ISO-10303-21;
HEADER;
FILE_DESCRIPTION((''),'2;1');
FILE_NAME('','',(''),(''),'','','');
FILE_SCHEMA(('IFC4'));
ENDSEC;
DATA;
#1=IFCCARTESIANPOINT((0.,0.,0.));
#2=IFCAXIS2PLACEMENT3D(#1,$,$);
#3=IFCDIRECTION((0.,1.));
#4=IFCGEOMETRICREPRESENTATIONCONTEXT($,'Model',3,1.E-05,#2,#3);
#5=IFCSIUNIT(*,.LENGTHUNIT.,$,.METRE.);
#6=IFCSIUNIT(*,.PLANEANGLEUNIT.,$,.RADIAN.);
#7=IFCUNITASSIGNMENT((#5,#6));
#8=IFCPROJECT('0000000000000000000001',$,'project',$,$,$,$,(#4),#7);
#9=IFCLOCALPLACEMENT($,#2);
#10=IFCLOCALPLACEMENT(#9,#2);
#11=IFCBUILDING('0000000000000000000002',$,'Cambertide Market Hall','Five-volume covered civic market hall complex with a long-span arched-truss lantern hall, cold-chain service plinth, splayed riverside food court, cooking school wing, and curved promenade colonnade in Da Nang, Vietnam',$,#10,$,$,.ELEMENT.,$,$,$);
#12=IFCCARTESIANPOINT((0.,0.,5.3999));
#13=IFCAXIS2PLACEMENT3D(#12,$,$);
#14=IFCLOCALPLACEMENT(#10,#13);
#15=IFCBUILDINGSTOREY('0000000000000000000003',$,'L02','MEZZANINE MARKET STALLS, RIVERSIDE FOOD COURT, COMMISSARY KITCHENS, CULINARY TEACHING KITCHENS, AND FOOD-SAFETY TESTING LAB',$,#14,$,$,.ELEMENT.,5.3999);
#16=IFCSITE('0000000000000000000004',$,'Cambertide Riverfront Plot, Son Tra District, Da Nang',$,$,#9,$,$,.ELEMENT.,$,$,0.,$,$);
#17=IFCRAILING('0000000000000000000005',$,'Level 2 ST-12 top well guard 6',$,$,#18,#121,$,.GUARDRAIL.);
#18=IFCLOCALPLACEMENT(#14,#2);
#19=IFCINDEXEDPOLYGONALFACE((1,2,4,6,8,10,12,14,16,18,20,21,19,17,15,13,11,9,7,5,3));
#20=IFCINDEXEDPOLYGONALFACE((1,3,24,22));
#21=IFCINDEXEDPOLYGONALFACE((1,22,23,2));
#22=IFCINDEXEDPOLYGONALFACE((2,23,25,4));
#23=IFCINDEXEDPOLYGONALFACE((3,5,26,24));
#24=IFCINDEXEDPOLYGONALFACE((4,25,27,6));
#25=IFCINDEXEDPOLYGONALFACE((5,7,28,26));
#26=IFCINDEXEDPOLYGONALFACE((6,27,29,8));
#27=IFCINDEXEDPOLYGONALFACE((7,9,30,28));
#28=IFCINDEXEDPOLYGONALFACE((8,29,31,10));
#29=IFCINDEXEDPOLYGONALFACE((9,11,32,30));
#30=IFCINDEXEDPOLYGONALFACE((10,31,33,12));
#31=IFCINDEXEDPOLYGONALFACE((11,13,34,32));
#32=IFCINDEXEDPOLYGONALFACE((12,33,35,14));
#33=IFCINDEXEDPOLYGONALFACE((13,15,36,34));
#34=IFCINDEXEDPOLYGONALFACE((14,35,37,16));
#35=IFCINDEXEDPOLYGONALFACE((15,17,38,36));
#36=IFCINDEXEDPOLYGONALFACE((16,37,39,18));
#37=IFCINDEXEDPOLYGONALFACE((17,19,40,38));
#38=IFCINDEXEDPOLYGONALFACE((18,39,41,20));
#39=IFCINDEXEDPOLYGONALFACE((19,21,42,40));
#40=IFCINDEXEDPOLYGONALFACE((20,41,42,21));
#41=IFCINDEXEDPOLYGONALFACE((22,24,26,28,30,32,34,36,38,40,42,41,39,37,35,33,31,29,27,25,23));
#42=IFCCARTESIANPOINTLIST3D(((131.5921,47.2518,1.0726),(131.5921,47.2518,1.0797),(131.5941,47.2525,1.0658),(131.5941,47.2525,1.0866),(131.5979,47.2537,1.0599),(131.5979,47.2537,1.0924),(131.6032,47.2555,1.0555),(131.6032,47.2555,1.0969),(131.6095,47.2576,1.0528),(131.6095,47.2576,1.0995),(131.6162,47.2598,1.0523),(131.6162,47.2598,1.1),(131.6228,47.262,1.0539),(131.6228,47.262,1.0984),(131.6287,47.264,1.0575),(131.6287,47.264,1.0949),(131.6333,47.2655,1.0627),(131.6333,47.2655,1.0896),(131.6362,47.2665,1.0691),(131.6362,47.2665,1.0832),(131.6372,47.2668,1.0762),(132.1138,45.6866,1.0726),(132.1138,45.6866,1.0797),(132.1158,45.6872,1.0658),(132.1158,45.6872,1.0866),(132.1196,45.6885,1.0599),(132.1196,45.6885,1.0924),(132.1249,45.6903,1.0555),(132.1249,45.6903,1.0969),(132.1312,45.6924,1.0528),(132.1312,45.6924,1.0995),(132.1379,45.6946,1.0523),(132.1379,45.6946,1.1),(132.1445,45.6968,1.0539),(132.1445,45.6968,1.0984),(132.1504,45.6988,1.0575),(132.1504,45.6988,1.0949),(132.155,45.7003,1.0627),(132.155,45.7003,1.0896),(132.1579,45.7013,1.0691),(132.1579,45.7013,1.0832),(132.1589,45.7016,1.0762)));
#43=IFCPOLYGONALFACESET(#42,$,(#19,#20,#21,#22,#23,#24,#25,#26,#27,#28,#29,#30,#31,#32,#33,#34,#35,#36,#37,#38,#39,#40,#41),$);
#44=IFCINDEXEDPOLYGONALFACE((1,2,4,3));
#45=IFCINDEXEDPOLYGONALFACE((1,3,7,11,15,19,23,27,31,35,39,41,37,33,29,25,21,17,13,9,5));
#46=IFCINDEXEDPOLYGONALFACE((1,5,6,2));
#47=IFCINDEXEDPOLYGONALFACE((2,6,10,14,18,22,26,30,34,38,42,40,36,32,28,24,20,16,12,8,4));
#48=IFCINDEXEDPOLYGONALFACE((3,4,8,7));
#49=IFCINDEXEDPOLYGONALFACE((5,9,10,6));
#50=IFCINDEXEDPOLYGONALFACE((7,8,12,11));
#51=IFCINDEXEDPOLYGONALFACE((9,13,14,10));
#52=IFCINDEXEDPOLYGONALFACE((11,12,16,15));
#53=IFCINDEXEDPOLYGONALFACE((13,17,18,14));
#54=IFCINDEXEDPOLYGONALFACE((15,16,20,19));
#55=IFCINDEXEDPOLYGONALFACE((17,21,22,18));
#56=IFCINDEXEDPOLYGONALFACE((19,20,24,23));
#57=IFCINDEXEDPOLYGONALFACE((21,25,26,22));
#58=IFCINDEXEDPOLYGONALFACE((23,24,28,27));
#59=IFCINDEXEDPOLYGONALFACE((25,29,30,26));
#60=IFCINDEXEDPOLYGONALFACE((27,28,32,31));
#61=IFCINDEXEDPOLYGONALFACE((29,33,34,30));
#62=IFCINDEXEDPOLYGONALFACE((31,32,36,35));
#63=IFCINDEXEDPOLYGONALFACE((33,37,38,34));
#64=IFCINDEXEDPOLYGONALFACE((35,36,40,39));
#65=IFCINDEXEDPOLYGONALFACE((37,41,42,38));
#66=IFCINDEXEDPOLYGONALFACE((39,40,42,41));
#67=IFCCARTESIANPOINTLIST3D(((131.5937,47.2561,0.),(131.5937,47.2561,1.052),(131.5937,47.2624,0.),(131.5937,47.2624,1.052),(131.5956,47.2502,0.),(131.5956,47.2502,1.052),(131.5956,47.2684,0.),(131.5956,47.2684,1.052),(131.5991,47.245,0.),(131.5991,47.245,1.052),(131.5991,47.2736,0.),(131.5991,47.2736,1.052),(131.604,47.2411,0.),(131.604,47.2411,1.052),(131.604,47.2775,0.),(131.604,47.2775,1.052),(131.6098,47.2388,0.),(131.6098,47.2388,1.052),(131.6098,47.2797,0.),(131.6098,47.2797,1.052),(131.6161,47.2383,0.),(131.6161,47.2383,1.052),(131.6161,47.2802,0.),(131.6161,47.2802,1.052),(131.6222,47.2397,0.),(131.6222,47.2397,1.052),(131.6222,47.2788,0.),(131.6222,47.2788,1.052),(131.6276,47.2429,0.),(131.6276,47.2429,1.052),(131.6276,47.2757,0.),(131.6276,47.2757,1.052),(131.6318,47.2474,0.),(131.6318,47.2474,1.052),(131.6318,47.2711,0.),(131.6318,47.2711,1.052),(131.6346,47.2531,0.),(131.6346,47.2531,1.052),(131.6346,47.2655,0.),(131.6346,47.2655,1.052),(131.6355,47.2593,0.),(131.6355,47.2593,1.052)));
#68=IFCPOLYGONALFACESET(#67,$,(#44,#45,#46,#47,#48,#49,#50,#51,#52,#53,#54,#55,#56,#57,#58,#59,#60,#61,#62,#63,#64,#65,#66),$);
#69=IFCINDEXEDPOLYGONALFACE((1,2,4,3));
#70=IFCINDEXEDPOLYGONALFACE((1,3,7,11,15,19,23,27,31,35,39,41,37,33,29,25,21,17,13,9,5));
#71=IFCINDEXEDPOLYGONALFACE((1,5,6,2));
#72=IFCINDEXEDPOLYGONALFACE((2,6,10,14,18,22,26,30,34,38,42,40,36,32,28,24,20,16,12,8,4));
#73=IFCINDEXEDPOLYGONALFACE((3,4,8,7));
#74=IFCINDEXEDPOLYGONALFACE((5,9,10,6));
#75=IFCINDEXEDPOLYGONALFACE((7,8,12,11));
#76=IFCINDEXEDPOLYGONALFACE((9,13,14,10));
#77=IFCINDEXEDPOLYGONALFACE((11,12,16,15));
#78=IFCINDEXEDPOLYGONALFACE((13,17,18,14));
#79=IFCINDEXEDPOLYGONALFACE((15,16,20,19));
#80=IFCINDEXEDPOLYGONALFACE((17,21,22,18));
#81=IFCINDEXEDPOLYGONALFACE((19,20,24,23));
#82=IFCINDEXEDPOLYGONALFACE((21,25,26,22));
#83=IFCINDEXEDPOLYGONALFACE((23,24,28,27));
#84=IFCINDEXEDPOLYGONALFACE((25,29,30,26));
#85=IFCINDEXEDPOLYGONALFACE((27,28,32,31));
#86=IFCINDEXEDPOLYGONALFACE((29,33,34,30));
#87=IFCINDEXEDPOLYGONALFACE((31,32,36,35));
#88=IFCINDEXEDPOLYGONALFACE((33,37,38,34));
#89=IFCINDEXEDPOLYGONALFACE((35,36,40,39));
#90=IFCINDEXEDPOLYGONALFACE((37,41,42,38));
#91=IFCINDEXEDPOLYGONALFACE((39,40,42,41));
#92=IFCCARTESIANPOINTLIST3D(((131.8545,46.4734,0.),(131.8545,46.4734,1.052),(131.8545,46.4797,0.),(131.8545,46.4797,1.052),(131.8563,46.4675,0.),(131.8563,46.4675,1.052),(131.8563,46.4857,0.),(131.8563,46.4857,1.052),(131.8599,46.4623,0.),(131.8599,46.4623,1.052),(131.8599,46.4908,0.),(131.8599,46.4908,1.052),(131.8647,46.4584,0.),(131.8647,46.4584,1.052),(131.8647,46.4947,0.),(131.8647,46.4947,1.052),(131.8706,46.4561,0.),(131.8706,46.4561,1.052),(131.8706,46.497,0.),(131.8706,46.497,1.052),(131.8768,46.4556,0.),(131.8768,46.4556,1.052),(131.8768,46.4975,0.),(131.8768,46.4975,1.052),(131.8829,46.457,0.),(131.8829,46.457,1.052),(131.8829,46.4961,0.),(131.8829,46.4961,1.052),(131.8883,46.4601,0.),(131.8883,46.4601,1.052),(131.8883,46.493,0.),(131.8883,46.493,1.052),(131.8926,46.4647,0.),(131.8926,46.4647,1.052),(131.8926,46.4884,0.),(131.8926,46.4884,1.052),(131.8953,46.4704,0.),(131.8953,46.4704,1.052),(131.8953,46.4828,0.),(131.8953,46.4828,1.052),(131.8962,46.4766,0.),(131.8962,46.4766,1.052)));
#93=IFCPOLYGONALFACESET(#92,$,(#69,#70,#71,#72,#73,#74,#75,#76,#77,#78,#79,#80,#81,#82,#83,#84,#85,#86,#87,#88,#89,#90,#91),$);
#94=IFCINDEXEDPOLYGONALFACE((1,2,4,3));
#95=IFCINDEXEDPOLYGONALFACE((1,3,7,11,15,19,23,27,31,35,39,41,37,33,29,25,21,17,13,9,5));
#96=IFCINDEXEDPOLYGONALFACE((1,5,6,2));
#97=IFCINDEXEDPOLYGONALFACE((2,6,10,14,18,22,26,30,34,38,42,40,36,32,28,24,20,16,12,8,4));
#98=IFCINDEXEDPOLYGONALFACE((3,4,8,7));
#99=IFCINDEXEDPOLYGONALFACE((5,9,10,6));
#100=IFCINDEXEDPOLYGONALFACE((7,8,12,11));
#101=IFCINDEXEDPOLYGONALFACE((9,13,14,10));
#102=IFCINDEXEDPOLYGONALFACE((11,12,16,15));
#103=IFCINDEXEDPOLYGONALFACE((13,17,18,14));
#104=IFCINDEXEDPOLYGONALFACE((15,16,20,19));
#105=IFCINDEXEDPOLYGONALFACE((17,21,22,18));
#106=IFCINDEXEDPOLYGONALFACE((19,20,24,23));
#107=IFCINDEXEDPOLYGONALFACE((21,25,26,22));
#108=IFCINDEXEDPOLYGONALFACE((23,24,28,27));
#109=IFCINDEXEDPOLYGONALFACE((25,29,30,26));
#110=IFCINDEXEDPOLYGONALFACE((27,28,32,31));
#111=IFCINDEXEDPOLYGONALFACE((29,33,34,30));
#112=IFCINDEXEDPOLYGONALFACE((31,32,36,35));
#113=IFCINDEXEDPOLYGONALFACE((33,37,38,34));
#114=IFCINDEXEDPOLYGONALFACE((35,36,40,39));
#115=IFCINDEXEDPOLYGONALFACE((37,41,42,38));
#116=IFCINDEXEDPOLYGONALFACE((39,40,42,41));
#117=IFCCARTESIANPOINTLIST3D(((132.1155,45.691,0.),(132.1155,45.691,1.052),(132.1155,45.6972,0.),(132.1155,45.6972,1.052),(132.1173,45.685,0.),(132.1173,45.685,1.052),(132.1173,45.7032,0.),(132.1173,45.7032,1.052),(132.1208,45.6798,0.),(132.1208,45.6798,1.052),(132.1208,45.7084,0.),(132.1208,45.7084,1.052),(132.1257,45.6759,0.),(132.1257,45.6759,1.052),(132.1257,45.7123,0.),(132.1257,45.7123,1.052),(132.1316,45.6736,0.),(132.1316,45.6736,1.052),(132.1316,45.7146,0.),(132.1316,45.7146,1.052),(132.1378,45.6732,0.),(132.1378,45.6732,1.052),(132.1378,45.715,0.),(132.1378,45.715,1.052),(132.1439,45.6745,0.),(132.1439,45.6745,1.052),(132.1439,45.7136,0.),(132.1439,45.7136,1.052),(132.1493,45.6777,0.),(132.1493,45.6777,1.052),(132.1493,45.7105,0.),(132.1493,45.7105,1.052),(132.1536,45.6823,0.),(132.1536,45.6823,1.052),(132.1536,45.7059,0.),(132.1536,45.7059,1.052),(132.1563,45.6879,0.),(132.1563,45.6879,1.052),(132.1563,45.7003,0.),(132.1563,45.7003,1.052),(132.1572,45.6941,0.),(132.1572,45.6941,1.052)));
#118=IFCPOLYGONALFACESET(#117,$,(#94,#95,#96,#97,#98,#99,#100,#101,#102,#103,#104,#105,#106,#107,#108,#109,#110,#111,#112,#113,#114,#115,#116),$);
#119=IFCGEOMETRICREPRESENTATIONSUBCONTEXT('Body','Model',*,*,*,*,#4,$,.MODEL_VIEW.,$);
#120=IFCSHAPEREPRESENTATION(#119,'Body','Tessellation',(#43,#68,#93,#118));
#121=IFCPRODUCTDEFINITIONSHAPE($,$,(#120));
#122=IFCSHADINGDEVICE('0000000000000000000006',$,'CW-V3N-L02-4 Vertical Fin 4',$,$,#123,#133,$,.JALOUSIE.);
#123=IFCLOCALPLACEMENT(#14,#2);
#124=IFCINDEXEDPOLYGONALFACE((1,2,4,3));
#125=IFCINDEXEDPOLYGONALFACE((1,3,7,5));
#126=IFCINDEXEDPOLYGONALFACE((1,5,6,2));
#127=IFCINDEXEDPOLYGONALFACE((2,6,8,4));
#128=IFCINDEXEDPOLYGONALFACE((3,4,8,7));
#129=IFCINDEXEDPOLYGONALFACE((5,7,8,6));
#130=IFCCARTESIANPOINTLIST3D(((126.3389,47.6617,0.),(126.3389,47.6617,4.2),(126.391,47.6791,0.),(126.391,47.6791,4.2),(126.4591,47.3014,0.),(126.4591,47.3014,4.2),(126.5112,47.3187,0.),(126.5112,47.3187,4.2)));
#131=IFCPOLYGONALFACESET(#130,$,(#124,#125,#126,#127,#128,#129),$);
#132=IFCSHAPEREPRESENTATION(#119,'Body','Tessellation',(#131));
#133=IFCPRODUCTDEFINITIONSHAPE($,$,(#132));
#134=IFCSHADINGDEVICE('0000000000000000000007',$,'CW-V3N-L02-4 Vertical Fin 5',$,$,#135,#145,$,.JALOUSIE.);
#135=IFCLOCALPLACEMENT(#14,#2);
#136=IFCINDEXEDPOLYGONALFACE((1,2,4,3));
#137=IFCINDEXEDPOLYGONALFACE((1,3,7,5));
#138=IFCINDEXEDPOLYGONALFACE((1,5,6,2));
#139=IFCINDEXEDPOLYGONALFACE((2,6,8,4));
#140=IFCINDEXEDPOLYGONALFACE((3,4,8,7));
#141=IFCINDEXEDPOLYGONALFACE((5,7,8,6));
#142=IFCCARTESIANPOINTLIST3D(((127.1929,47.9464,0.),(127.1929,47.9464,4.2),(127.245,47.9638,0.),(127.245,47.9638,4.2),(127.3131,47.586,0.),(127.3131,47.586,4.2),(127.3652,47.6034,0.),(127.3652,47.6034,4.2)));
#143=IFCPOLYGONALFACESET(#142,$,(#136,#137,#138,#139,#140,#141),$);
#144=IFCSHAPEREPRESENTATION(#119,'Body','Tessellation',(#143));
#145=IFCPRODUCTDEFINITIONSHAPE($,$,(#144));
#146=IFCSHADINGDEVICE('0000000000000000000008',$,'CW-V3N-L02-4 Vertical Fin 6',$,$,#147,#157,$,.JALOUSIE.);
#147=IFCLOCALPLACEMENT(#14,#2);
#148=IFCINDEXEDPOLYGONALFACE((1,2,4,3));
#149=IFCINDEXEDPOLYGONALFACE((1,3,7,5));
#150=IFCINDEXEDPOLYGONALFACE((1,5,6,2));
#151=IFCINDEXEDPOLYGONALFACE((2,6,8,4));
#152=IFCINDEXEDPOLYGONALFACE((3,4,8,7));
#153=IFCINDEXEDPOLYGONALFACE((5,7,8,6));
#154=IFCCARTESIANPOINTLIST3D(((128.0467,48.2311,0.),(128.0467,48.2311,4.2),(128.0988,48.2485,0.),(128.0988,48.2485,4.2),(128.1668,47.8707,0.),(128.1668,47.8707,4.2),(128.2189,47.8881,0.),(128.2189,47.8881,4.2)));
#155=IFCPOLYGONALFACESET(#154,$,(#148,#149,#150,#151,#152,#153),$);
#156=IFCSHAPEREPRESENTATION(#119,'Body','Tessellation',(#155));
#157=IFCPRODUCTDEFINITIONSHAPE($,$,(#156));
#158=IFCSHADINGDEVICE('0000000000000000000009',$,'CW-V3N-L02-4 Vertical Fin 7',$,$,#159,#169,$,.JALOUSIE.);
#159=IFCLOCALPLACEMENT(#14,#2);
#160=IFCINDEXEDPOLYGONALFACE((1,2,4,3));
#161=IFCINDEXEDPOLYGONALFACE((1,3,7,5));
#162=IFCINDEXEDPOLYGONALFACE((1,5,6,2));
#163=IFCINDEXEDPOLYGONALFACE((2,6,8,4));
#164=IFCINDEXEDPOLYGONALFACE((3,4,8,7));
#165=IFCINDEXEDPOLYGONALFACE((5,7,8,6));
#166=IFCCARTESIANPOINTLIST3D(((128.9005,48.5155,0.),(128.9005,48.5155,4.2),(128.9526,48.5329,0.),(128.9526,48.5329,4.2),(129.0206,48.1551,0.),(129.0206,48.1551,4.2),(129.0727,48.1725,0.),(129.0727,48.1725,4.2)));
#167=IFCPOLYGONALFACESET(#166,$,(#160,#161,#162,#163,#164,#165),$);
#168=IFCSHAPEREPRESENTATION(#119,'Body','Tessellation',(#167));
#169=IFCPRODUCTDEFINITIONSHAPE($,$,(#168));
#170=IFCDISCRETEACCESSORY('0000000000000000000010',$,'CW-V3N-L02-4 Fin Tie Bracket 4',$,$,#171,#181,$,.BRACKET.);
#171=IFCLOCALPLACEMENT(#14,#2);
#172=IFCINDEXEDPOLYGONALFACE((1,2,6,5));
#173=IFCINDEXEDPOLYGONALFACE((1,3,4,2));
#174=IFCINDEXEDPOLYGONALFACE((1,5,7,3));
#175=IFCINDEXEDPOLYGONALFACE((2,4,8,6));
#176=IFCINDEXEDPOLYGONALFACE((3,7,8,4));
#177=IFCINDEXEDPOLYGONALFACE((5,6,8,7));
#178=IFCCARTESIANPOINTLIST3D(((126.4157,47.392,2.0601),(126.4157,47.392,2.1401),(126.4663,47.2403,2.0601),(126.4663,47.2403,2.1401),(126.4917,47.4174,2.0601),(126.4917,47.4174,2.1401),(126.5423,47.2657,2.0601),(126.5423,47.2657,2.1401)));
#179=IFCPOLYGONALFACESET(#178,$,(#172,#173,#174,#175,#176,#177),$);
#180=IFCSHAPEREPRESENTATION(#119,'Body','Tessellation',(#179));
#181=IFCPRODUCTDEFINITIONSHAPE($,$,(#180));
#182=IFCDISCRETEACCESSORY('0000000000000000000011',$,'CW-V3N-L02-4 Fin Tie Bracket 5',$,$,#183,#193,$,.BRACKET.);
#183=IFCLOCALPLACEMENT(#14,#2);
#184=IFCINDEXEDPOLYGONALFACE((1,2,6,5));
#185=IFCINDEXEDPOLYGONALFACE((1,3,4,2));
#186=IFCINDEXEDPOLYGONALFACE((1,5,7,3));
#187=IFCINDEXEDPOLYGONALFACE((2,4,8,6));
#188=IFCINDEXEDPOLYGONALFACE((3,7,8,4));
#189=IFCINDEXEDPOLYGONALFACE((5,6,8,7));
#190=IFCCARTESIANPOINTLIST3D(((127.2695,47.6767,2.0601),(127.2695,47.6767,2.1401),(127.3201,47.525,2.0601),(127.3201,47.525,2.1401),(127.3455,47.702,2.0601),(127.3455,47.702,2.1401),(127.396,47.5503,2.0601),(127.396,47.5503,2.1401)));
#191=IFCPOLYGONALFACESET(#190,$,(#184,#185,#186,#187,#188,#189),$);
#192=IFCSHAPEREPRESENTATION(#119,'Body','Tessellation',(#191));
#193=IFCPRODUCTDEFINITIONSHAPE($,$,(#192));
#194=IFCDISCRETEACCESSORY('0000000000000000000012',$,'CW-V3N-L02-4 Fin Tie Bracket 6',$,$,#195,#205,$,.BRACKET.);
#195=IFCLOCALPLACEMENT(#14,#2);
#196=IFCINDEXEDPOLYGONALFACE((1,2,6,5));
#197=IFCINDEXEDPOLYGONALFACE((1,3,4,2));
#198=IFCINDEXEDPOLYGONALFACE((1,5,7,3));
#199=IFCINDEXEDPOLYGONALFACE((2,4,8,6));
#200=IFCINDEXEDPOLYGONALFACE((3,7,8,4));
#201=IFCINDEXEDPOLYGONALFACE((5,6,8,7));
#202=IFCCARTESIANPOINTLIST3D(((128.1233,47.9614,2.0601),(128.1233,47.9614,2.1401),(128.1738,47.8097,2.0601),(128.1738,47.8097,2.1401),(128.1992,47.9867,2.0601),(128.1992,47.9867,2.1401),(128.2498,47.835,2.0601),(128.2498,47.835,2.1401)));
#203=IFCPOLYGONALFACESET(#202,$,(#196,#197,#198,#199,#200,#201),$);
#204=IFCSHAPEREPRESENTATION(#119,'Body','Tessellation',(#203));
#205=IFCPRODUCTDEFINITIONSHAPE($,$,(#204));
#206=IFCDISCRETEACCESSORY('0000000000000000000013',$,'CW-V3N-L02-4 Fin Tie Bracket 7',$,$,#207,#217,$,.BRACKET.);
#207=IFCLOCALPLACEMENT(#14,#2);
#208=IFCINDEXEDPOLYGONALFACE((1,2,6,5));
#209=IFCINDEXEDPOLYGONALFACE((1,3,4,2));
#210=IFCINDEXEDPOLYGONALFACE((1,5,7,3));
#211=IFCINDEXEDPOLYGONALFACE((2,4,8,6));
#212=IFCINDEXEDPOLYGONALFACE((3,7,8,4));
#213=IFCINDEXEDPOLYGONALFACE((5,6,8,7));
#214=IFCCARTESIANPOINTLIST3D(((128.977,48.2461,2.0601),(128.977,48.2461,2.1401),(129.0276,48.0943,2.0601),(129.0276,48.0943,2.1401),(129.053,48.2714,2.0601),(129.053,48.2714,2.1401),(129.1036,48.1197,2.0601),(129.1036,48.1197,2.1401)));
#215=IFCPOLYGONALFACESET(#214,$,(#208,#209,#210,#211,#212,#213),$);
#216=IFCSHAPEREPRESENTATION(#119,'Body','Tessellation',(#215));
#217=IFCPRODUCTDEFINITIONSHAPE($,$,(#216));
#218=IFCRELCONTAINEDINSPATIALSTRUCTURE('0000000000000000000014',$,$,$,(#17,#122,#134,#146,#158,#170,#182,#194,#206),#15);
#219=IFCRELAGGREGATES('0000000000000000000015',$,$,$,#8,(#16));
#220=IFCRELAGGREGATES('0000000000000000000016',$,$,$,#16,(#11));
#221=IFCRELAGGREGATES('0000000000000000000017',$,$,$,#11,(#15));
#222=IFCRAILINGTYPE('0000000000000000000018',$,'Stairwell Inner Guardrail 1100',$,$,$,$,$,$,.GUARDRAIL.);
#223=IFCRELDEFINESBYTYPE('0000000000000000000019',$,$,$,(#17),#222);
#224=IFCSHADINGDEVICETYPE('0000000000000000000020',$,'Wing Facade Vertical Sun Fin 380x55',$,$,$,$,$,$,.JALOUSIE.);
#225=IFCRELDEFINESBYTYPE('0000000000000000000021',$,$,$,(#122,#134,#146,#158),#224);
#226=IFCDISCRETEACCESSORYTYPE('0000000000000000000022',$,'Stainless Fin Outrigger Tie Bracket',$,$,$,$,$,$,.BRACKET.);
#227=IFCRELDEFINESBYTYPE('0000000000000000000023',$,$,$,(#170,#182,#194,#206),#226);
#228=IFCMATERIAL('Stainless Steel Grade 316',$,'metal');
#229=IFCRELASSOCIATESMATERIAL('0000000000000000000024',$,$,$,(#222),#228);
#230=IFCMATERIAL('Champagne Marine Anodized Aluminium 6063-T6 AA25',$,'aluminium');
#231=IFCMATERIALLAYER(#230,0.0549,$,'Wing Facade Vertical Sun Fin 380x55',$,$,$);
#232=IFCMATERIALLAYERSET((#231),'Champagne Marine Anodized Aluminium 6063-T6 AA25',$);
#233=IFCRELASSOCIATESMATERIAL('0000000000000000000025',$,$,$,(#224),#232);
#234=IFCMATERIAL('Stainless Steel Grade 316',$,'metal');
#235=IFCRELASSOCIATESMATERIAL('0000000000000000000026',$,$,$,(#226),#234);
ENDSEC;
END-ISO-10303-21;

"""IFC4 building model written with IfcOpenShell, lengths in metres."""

from ifc_helpers import new_model, si_unit, direction, frame, origin, origin_2d, place, context, subcontext, project, spatial, rectangle, circle, extrude, material, layer, layer_set, type_object, element, save


model = new_model("IFC4")

# Units and contexts
model_context = context("Model", 3, precision=1e-05, world=origin(), true_north=direction((0.0, 1.0)))
body_context = subcontext(model_context, "Body", "Model", "MODEL_VIEW")
ifc_project = project(units=[si_unit("LENGTHUNIT", "METRE"), si_unit("PLANEANGLEUNIT", "RADIAN")], contexts=[model_context])

# Site, building, storey
site_placement = place(None, origin())
site = spatial("IfcSite", under=ifc_project, at=site_placement, Name="Cambertide Riverfront Plot, Son Tra District, Da Nang", CompositionType="ELEMENT", RefElevation=0.0)
building_placement = place(site_placement, origin())
building = spatial("IfcBuilding", under=site, at=building_placement, Name="Cambertide Market Hall", Description="Five-volume covered civic market hall complex with a long-span arched-truss lantern hall, cold-chain service plinth, splayed riverside food court, cooking school wing, and curved promenade colonnade in Da Nang, Vietnam", CompositionType="ELEMENT")
storey_placement = place(building_placement, frame((0.0, 0.0, 5.3999)))
storey = spatial("IfcBuildingStorey", under=building, at=storey_placement, Name="L02", Description="MEZZANINE MARKET STALLS, RIVERSIDE FOOD COURT, COMMISSARY KITCHENS, CULINARY TEACHING KITCHENS, AND FOOD-SAFETY TESTING LAB", CompositionType="ELEMENT", Elevation=5.3999)

# Railing
ifc_material_1 = material(Name="Stainless Steel Grade 316", Category="metal")
railing_type = type_object("IfcRailingType", Name="Stairwell Inner Guardrail 1100", PredefinedType="GUARDRAIL", material=ifc_material_1)
railing_1_placement = place(storey_placement, frame((131.6145, 47.2593, 0.0)))
element("IfcRailing", 1, at=railing_1_placement, inside=storey, type_object=railing_type, Name="Level 2 ST-12 top well guard 6", PredefinedType="GUARDRAIL", context=body_context, shape_type="SweptSolid", body=[
    extrude(circle(Radius=0.0239, at=origin_2d()), frame((0.0, 0.0, 1.0762), z_axis=(0.316228, -0.948683, 0.0), x_axis=(0.948683, 0.316228, 0.0)), (0.0, 0.0, 1.0), 1.6499),
    extrude(circle(Radius=0.021, at=origin_2d()), origin(), (0.0, 0.0, 1.0), 1.052),
    extrude(circle(Radius=0.021, at=origin_2d()), frame((0.2607, -0.7827, 0.0)), (0.0, 0.0, 1.0), 1.052),
    extrude(circle(Radius=0.021, at=origin_2d()), frame((0.5217, -1.5652, 0.0)), (0.0, 0.0, 1.0), 1.052),
])

# Shading devices
ifc_material_2 = material(Name="Champagne Marine Anodized Aluminium 6063-T6 AA25", Category="aluminium")
ifc_layer_1 = layer(ifc_material_2, 0.0549, Name="Wing Facade Vertical Sun Fin 380x55")
ifc_layer_set_1 = layer_set([ifc_layer_1], Name="Champagne Marine Anodized Aluminium 6063-T6 AA25")
shading_device_type = type_object("IfcShadingDeviceType", Name="Wing Facade Vertical Sun Fin 380x55", PredefinedType="JALOUSIE", material=ifc_layer_set_1)
for number, where, z_axis, x_axis, name in (
    (2, (126.425, 47.4902, 0.0), (0.0, 0.0, 1.0), (0.948683, 0.316228, 0.0), "CW-V3N-L02-4 Vertical Fin 4"),
    (3, (127.2791, 47.7749, 0.0), (0.0, 0.0, 1.0), (0.948683, 0.316228, 0.0), "CW-V3N-L02-4 Vertical Fin 5"),
    (4, (128.1328, 48.0596, 0.0), (0.0, 0.0, 1.0), (0.948683, 0.316228, 0.0), "CW-V3N-L02-4 Vertical Fin 6"),
    (5, (128.9866, 48.344, 0.0), (0.0, 0.0, 1.0), (0.948683, 0.316228, 0.0), "CW-V3N-L02-4 Vertical Fin 7"),
):
    element("IfcShadingDevice", number, at=place(storey_placement, frame(where, z_axis=z_axis, x_axis=x_axis)), inside=storey, type_object=shading_device_type, Name=name, PredefinedType="JALOUSIE", context=body_context, shape_type="SweptSolid", body=[
        extrude(rectangle(XDim=0.0549, YDim=0.3799, at=origin_2d()), origin(), (0.0, 0.0, 1.0), 4.2),
    ])

# Discrete accessories
ifc_material_3 = material(Name="Stainless Steel Grade 316", Category="metal")
discrete_accessory_type = type_object("IfcDiscreteAccessoryType", Name="Stainless Fin Outrigger Tie Bracket", PredefinedType="BRACKET", material=ifc_material_3)
for number, where, z_axis, x_axis, name in (
    (6, (126.479, 47.3289, 2.0601), (0.0, 0.0, 1.0), (0.948683, 0.316228, 0.0), "CW-V3N-L02-4 Fin Tie Bracket 4"),
    (7, (127.3328, 47.6135, 2.0601), (0.0, 0.0, 1.0), (0.948683, 0.316228, 0.0), "CW-V3N-L02-4 Fin Tie Bracket 5"),
    (8, (128.1865, 47.8982, 2.0601), (0.0, 0.0, 1.0), (0.948683, 0.316228, 0.0), "CW-V3N-L02-4 Fin Tie Bracket 6"),
    (9, (129.0403, 48.1829, 2.0601), (0.0, 0.0, 1.0), (0.948683, 0.316228, 0.0), "CW-V3N-L02-4 Fin Tie Bracket 7"),
):
    element("IfcDiscreteAccessory", number, at=place(storey_placement, frame(where, z_axis=z_axis, x_axis=x_axis)), inside=storey, type_object=discrete_accessory_type, Name=name, PredefinedType="BRACKET", context=body_context, shape_type="SweptSolid", body=[
        extrude(rectangle(XDim=0.0801, YDim=0.1599, at=origin_2d()), origin(), (0.0, 0.0, 1.0), 0.0801),
    ])

save(model, "model.ifc")
